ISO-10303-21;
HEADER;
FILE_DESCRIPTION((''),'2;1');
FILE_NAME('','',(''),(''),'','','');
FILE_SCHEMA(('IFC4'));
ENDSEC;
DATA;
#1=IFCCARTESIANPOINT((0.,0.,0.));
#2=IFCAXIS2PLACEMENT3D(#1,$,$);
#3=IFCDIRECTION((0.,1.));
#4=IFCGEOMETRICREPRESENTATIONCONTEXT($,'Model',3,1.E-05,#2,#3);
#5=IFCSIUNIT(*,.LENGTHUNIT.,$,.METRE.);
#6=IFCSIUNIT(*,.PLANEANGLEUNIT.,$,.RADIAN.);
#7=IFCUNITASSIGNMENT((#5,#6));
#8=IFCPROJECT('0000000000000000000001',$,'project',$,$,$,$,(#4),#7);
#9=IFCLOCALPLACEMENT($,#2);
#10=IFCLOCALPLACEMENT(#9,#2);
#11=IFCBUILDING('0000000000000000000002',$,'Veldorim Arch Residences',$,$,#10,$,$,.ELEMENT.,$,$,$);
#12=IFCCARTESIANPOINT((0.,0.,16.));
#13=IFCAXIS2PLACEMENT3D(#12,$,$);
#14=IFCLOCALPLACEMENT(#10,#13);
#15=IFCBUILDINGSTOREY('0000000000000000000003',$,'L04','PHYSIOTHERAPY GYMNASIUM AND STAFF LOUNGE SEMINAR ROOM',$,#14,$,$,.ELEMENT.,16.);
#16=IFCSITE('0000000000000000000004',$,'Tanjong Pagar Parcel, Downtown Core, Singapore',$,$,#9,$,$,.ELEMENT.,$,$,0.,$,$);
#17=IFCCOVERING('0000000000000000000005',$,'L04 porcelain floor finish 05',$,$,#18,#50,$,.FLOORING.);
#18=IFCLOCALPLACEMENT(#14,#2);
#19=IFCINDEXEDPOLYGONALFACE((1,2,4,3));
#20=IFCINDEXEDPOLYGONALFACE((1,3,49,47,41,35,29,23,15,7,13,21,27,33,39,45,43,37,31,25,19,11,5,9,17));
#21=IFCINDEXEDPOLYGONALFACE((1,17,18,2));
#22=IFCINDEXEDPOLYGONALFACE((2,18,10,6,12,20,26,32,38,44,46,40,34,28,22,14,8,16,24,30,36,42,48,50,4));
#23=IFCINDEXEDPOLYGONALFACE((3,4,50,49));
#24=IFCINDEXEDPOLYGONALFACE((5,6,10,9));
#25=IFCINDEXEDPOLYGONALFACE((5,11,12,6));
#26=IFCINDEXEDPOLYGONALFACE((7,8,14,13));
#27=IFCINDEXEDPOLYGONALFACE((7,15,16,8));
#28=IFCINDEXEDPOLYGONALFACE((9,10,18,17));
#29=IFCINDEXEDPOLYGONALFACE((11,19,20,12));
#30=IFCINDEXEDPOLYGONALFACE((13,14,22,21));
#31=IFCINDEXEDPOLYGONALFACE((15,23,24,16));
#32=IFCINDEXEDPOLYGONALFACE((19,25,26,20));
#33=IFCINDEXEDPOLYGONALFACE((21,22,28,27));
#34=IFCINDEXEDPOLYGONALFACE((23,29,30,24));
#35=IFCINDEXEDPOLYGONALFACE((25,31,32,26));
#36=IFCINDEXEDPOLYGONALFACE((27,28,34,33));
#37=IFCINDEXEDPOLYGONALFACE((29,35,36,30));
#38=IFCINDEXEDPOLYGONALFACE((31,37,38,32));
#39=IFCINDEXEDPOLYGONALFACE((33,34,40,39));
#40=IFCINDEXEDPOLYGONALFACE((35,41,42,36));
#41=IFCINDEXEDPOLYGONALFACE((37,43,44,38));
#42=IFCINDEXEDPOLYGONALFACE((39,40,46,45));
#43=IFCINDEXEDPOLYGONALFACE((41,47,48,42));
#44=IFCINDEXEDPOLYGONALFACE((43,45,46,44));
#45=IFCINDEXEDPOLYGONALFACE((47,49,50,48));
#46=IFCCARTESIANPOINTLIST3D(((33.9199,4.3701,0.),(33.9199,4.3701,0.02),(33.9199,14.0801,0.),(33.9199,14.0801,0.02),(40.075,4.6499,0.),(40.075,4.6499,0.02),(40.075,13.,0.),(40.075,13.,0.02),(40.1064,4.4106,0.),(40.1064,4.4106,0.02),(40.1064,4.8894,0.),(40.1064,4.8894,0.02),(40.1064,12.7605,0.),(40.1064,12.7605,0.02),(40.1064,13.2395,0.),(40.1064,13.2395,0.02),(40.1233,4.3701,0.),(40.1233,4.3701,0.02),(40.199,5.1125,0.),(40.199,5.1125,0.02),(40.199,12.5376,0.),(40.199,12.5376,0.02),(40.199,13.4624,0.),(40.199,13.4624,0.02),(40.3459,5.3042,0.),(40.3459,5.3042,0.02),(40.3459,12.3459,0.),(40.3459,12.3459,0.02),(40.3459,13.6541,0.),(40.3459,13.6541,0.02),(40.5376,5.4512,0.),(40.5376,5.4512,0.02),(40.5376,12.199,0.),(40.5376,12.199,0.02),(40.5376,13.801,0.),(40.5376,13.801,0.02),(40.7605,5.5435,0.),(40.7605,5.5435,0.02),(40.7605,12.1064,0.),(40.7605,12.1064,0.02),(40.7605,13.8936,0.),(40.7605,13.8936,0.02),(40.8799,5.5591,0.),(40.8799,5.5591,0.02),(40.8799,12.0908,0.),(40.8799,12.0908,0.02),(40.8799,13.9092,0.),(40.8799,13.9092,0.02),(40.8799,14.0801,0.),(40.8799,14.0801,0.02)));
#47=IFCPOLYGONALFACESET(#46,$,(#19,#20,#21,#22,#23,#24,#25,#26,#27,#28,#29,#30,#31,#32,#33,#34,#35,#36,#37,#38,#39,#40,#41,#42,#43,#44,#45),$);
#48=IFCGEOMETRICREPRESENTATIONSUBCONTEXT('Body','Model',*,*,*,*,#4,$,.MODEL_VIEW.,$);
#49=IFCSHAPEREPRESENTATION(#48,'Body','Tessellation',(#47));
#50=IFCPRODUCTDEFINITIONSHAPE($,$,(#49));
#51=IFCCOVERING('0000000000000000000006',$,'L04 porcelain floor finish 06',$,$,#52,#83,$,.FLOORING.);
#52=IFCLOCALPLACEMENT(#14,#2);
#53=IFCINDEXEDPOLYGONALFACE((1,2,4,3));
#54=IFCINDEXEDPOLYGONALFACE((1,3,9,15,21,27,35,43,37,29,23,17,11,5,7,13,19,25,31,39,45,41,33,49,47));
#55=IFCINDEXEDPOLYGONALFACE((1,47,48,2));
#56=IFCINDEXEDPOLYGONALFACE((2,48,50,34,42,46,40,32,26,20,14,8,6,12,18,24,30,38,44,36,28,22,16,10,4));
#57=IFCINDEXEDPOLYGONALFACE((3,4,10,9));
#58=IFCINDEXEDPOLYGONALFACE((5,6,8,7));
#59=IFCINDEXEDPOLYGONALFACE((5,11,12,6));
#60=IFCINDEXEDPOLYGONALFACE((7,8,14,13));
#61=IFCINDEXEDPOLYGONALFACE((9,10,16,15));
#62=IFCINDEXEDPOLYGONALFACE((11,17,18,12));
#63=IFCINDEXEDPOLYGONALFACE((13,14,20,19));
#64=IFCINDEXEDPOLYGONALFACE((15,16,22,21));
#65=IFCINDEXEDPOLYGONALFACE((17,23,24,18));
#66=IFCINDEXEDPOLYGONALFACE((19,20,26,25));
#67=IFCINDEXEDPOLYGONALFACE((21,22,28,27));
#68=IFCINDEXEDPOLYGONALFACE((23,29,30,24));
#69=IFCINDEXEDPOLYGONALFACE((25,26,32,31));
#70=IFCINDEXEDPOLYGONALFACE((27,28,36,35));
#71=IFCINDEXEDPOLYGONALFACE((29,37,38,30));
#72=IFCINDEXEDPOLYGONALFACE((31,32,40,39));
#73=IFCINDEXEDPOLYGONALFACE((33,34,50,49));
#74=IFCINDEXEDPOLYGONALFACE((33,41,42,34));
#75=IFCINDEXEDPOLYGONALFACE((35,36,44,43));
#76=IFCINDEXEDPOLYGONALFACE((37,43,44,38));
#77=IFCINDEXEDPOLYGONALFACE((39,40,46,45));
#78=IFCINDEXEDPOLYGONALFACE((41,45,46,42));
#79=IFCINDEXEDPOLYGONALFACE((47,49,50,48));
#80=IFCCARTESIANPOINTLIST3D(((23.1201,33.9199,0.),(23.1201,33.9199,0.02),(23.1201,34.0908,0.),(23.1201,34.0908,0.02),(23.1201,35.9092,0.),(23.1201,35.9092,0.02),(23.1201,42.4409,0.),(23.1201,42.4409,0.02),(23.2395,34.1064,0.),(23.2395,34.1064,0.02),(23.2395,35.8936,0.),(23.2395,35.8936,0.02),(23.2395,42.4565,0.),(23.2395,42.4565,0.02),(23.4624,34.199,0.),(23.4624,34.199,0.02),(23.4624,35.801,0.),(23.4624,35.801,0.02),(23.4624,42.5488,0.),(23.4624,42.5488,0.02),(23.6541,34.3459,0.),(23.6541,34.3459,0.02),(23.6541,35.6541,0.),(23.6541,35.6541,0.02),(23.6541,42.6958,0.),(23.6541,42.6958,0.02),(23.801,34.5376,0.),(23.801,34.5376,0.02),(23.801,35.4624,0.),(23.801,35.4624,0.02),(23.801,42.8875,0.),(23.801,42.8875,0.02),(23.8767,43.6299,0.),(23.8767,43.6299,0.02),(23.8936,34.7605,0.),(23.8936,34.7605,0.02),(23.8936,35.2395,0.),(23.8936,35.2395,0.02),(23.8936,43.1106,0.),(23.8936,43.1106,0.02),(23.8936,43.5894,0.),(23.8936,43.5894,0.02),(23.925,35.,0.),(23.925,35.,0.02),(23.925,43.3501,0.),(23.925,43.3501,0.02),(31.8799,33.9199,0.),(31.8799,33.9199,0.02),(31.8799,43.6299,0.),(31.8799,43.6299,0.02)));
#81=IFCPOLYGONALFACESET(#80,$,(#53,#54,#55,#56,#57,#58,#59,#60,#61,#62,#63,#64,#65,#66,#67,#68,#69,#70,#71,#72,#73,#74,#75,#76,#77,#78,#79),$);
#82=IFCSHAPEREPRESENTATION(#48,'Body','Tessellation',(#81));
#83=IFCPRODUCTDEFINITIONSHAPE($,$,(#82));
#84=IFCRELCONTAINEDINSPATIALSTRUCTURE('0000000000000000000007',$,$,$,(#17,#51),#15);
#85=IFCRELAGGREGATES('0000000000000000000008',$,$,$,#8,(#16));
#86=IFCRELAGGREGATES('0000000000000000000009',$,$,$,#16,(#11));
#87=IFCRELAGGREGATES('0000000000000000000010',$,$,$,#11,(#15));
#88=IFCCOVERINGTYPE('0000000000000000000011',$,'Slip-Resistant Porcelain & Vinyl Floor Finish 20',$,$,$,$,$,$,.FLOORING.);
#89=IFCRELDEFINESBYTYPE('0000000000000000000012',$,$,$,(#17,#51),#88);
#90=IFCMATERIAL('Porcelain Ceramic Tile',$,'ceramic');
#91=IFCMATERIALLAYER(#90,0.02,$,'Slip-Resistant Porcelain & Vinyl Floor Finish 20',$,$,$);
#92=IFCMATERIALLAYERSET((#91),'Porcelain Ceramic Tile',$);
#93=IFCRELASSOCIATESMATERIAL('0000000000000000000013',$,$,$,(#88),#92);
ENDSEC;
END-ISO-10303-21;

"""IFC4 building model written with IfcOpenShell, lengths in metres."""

from ifc_helpers import new_model, si_unit, direction, frame, origin, place, context, subcontext, project, spatial, polyline, outline, extrude, material, layer, layer_set, type_object, element, save


model = new_model("IFC4")

# Units and contexts
model_context = context("Model", 3, precision=1e-05, world=origin(), true_north=direction((0.0, 1.0)))
body_context = subcontext(model_context, "Body", "Model", "MODEL_VIEW")
ifc_project = project(units=[si_unit("LENGTHUNIT", "METRE"), si_unit("PLANEANGLEUNIT", "RADIAN")], contexts=[model_context])

# Site, building, storey
site_placement = place(None, origin())
site = spatial("IfcSite", under=ifc_project, at=site_placement, Name="Tanjong Pagar Parcel, Downtown Core, Singapore", CompositionType="ELEMENT", RefElevation=0.0)
building_placement = place(site_placement, origin())
building = spatial("IfcBuilding", under=site, at=building_placement, Name="Veldorim Arch Residences", CompositionType="ELEMENT")
storey_placement = place(building_placement, frame((0.0, 0.0, 16.0)))
storey = spatial("IfcBuildingStorey", under=building, at=storey_placement, Name="L04", Description="PHYSIOTHERAPY GYMNASIUM AND STAFF LOUNGE SEMINAR ROOM", CompositionType="ELEMENT", Elevation=16.0)

# Coverings
ifc_material_1 = material(Name="Porcelain Ceramic Tile", Category="ceramic")
ifc_layer_1 = layer(ifc_material_1, 0.02, Name="Slip-Resistant Porcelain & Vinyl Floor Finish 20")
ifc_layer_set_1 = layer_set([ifc_layer_1], Name="Porcelain Ceramic Tile")
covering_type_1 = type_object("IfcCoveringType", Name="Slip-Resistant Porcelain & Vinyl Floor Finish 20", PredefinedType="FLOORING", material=ifc_layer_set_1)
covering_1_placement = place(storey_placement, origin())
element("IfcCovering", 1, at=covering_1_placement, inside=storey, type_object=covering_type_1, Name="L04 porcelain floor finish 05", PredefinedType="FLOORING", context=body_context, shape_type="SweptSolid", body=[
    extrude(outline(polyline([(40.8799, 14.0801), (40.8799, 13.9092), (40.7605, 13.8936), (40.5376, 13.801), (40.3459, 13.6541), (40.199, 13.4624), (40.1064, 13.2395), (40.075, 13.0), (40.1064, 12.7605), (40.199, 12.5376), (40.3459, 12.3459), (40.5376, 12.199), (40.7605, 12.1064), (40.8799, 12.0908), (40.8799, 5.5591), (40.7605, 5.5435), (40.5376, 5.4512), (40.3459, 5.3042), (40.199, 5.1125), (40.1064, 4.8894), (40.075, 4.6499), (40.1064, 4.4106), (40.1233, 4.3701), (33.9199, 4.3701), (33.9199, 14.0801), (40.8799, 14.0801)])), origin(), (0.0, 0.0, 1.0), 0.02),
])
covering_2_placement = place(storey_placement, origin())
element("IfcCovering", 2, at=covering_2_placement, inside=storey, type_object=covering_type_1, Name="L04 porcelain floor finish 06", PredefinedType="FLOORING", context=body_context, shape_type="SweptSolid", body=[
    extrude(outline(polyline([(31.8799, 43.6299), (31.8799, 33.9199), (23.1201, 33.9199), (23.1201, 34.0908), (23.2395, 34.1064), (23.4624, 34.199), (23.6541, 34.3459), (23.801, 34.5376), (23.8936, 34.7605), (23.925, 35.0), (23.8936, 35.2395), (23.801, 35.4624), (23.6541, 35.6541), (23.4624, 35.801), (23.2395, 35.8936), (23.1201, 35.9092), (23.1201, 42.4409), (23.2395, 42.4565), (23.4624, 42.5488), (23.6541, 42.6958), (23.801, 42.8875), (23.8936, 43.1106), (23.925, 43.3501), (23.8936, 43.5894), (23.8767, 43.6299), (31.8799, 43.6299)])), origin(), (0.0, 0.0, 1.0), 0.02),
])

save(model, "model.ifc")
